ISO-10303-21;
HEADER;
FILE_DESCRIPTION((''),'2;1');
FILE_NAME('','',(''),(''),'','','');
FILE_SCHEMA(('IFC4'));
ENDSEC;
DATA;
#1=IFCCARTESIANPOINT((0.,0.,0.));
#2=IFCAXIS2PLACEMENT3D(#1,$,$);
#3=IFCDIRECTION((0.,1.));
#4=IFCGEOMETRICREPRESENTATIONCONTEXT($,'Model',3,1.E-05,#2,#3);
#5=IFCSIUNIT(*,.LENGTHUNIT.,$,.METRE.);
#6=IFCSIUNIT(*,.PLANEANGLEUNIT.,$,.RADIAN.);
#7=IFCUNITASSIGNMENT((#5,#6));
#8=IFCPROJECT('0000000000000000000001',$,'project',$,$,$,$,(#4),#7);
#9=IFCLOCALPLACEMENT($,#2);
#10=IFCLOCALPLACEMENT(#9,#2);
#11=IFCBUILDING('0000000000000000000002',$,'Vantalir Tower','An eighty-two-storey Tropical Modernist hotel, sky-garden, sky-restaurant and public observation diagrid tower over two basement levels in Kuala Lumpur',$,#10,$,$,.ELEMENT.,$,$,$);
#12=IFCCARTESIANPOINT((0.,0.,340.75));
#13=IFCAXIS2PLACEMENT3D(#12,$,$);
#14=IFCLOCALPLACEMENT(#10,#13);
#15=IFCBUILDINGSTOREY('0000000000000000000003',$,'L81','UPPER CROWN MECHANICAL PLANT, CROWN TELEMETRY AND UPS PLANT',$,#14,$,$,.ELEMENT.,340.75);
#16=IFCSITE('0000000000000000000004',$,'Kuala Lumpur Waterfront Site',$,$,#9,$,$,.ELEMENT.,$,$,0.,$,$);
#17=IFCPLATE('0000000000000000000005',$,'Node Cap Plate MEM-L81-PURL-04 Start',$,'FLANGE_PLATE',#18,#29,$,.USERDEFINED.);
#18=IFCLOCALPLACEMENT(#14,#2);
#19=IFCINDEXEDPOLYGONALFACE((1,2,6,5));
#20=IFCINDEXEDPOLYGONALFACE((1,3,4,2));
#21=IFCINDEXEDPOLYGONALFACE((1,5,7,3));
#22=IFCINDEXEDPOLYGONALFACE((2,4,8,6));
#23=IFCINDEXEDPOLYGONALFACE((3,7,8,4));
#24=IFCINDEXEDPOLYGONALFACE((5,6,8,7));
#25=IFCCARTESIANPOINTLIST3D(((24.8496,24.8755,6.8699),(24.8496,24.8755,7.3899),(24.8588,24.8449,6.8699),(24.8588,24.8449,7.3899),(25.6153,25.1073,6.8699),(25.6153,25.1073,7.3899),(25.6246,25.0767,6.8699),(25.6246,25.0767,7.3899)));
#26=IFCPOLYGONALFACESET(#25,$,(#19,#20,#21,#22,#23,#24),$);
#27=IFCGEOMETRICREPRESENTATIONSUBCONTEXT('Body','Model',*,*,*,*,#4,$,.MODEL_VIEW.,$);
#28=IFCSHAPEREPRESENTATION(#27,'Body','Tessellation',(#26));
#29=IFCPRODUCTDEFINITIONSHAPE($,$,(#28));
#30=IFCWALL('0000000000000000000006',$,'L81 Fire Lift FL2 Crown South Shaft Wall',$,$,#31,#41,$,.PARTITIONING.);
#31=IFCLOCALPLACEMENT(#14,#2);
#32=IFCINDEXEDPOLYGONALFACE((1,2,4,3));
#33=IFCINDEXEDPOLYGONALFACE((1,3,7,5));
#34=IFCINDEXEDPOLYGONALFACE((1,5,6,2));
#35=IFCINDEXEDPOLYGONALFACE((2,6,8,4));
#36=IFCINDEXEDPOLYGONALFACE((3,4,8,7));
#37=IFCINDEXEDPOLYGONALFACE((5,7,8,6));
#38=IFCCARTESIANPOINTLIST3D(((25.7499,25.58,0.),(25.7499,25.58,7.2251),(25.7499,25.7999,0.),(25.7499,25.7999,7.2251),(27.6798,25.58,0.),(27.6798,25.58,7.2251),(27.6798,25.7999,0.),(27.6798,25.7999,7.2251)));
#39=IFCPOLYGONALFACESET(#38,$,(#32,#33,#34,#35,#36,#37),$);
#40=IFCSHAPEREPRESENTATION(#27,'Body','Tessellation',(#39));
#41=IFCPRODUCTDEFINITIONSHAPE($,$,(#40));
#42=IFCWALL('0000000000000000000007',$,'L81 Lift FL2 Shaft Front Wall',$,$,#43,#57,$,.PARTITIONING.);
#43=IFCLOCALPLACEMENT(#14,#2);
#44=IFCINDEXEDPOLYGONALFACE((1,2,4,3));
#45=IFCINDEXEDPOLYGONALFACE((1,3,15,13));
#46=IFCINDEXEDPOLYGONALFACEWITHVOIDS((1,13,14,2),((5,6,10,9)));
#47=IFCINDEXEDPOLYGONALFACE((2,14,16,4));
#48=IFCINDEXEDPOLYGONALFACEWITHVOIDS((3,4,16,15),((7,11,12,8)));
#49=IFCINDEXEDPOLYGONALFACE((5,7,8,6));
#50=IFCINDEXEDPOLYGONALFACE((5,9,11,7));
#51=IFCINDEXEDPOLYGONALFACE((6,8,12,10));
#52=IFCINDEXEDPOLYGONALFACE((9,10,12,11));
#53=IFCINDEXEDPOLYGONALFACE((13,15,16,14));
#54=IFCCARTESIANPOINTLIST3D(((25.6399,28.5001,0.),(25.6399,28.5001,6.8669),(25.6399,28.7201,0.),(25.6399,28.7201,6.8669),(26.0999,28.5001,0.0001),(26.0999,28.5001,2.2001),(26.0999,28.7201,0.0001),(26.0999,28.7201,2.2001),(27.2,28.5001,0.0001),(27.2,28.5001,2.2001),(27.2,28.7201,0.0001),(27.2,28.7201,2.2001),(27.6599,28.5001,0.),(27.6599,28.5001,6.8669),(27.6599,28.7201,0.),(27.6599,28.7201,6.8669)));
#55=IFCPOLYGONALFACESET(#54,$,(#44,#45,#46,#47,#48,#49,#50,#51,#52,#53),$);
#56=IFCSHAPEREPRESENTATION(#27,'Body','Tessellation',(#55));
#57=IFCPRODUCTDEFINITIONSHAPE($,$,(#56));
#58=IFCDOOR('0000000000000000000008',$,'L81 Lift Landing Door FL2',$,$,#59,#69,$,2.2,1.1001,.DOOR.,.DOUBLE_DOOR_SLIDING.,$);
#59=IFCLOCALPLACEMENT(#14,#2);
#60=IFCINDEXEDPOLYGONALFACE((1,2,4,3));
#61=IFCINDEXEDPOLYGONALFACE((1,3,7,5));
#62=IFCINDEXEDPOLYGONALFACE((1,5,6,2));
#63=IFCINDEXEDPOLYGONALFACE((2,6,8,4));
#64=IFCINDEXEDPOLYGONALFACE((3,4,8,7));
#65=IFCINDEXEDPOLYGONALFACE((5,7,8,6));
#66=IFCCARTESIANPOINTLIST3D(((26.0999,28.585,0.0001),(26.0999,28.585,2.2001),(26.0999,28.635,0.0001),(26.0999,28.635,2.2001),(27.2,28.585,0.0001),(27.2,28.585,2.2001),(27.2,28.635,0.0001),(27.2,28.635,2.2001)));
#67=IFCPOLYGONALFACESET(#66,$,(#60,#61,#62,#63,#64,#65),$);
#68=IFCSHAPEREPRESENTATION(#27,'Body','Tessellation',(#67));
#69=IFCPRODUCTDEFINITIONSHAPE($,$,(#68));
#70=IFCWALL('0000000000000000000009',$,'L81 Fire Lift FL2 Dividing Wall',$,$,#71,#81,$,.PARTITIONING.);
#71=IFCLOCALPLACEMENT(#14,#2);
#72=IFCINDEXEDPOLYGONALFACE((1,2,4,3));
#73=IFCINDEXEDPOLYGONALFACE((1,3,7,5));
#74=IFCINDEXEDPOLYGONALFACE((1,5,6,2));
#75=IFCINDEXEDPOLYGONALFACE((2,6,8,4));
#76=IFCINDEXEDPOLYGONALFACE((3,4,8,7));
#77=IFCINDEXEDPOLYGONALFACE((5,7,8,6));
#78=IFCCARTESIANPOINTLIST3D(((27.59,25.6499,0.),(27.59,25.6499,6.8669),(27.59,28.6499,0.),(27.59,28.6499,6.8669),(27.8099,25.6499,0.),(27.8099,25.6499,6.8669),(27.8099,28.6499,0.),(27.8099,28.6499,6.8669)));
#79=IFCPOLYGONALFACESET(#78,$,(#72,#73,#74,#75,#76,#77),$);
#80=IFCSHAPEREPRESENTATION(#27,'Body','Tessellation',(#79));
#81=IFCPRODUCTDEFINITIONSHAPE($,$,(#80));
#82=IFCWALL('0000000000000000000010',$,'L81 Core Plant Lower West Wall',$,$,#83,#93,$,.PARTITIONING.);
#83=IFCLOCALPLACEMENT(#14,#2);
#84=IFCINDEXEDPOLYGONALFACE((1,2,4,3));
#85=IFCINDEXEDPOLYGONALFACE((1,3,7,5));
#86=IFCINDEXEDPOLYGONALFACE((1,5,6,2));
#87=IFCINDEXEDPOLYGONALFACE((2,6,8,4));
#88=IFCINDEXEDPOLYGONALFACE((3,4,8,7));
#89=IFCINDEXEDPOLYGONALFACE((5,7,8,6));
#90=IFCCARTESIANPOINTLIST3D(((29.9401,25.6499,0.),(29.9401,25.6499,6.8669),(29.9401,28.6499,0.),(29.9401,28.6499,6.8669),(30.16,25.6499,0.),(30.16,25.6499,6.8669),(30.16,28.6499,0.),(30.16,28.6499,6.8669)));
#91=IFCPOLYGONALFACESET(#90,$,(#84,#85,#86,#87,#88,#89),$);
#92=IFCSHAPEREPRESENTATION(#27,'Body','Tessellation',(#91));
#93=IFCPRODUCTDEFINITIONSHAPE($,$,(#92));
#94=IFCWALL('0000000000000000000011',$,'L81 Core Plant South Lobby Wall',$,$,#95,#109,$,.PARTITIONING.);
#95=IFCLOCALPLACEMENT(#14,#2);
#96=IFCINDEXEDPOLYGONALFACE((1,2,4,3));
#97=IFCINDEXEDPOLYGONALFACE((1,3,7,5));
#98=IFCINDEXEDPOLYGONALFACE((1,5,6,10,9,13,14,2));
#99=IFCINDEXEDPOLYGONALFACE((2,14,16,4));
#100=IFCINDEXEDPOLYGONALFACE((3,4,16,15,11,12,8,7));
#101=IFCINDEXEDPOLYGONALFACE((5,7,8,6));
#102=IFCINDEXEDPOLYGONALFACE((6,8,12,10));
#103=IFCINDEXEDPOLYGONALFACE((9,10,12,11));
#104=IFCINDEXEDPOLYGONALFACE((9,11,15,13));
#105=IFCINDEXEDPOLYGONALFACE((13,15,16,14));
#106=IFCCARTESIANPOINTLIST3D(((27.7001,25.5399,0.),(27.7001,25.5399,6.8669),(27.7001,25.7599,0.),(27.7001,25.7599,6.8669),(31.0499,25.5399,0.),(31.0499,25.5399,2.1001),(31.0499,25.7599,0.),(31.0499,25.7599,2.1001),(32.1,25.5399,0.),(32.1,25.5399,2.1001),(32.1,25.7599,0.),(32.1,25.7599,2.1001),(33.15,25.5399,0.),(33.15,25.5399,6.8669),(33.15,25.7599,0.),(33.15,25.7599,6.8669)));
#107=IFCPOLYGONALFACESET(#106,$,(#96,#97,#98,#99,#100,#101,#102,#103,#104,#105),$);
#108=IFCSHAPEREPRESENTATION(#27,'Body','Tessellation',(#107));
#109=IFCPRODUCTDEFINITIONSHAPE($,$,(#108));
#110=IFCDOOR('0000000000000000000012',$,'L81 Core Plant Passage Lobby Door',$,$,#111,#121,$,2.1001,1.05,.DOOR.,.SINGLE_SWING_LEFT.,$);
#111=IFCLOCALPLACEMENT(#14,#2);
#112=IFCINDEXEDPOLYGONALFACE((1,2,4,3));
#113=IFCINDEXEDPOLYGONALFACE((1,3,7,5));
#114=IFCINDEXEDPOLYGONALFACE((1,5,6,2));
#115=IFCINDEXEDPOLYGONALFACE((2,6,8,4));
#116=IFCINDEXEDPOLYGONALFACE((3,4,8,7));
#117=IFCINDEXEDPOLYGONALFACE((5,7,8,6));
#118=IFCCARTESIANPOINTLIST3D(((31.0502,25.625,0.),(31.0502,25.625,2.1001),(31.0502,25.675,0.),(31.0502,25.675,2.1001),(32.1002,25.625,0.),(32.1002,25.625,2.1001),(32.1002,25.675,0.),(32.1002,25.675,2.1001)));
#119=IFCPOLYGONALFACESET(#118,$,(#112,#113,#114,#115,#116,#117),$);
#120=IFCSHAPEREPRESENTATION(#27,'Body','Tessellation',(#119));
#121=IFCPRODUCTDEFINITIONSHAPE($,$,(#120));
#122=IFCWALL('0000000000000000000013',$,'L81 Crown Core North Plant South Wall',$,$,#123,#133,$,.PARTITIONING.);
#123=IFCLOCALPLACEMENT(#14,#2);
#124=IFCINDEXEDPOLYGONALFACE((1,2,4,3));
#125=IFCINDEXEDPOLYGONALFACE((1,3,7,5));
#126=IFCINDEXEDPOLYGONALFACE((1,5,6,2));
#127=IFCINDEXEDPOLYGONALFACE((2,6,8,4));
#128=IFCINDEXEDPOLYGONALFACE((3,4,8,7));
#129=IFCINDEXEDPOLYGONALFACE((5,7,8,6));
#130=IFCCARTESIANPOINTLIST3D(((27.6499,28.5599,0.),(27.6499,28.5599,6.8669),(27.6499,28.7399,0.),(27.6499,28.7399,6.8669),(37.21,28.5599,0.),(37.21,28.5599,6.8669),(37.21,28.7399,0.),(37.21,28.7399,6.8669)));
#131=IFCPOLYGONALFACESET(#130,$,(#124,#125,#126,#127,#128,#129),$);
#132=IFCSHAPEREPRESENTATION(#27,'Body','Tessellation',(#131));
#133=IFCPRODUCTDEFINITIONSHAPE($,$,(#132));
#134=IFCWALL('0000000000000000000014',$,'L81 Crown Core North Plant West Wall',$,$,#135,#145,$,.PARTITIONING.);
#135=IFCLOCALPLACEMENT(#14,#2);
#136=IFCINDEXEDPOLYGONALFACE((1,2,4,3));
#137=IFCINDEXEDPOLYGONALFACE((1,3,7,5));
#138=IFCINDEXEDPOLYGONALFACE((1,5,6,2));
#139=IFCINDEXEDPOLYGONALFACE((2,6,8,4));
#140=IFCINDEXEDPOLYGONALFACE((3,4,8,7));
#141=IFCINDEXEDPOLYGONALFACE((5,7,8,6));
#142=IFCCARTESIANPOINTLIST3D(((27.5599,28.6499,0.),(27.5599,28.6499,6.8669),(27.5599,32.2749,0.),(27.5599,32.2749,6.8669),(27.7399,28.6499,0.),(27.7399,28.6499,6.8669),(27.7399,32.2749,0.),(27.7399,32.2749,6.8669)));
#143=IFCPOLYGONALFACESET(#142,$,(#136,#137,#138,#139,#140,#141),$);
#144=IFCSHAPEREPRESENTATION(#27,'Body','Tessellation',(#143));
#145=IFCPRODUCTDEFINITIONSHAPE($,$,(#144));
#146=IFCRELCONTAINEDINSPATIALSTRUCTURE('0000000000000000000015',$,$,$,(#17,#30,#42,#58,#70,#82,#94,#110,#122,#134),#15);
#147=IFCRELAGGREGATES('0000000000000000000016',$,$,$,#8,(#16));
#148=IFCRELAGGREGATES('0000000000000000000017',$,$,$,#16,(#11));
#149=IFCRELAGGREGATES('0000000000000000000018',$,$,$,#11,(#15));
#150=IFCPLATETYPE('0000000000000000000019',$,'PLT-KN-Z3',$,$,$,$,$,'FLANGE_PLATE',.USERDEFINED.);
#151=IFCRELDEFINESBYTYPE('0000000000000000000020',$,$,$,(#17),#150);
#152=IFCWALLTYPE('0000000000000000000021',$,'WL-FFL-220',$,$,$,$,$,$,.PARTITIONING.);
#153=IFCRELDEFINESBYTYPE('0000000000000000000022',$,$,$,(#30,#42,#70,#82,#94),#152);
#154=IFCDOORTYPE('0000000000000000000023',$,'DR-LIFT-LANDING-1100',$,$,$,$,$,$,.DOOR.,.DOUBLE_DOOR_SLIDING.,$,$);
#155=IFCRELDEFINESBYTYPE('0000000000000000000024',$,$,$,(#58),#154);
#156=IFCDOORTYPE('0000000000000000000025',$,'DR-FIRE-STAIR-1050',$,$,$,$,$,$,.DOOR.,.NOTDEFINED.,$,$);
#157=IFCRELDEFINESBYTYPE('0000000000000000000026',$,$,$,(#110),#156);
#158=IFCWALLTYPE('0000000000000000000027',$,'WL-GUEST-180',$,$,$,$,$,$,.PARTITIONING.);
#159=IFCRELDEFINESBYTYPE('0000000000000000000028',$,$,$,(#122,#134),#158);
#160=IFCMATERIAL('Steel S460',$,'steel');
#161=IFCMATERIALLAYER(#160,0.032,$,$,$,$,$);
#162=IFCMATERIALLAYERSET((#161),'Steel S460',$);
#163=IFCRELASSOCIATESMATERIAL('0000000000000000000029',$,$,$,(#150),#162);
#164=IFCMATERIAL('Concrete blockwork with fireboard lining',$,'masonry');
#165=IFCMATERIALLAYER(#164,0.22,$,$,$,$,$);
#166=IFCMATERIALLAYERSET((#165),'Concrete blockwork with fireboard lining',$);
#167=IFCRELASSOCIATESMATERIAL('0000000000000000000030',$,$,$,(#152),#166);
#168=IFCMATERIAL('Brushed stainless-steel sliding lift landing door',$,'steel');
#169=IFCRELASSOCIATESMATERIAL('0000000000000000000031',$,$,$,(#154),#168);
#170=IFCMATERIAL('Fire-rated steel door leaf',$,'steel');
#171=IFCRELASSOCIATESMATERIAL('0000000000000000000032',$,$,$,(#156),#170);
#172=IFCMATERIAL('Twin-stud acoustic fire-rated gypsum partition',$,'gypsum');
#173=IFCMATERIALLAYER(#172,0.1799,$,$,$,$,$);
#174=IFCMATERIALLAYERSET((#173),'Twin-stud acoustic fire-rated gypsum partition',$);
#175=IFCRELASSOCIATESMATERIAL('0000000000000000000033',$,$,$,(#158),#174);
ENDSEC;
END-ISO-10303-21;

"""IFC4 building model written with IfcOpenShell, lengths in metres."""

from ifc_helpers import new_model, si_unit, direction, frame, frame_2d, origin, origin_2d, place, context, subcontext, project, spatial, rectangle, extrude, material, layer, layer_set, type_object, element, fill, save


model = new_model("IFC4")

# Units and contexts
model_context = context("Model", 3, precision=1e-05, world=origin(), true_north=direction((0.0, 1.0)))
body_context = subcontext(model_context, "Body", "Model", "MODEL_VIEW")
ifc_project = project(units=[si_unit("LENGTHUNIT", "METRE"), si_unit("PLANEANGLEUNIT", "RADIAN")], contexts=[model_context])

# Site, building, storey
site_placement = place(None, origin())
site = spatial("IfcSite", under=ifc_project, at=site_placement, Name="Kuala Lumpur Waterfront Site", CompositionType="ELEMENT", RefElevation=0.0)
building_placement = place(site_placement, origin())
building = spatial("IfcBuilding", under=site, at=building_placement, Name="Vantalir Tower", Description="An eighty-two-storey Tropical Modernist hotel, sky-garden, sky-restaurant and public observation diagrid tower over two basement levels in Kuala Lumpur", CompositionType="ELEMENT")
storey_placement = place(building_placement, frame((0.0, 0.0, 340.75)))
storey = spatial("IfcBuildingStorey", under=building, at=storey_placement, Name="L81", Description="UPPER CROWN MECHANICAL PLANT, CROWN TELEMETRY AND UPS PLANT", CompositionType="ELEMENT", Elevation=340.75)

# Shared definitions
ifc_material_1 = material(Name="Steel S460", Category="steel")

# Plate
ifc_layer_1 = layer(ifc_material_1, 0.032)
ifc_layer_set_1 = layer_set([ifc_layer_1], Name="Steel S460")
plate_type_1 = type_object("IfcPlateType", Name="PLT-KN-Z3", ElementType="FLANGE_PLATE", PredefinedType="USERDEFINED", material=ifc_layer_set_1)
for number, where, z_axis, x_axis, name in (
    (1, (25.2371, 24.9761, 6.8699), (0.0, 0.0, 1.0), (0.289717, -0.957112, 0.0), "Node Cap Plate MEM-L81-PURL-04 Start"),
):
    element("IfcPlate", number, at=place(storey_placement, frame(where, z_axis=z_axis, x_axis=x_axis)), inside=storey, type_object=plate_type_1, Name=name, ObjectType="FLANGE_PLATE", PredefinedType="USERDEFINED", context=body_context, shape_type="SweptSolid", body=[
        extrude(rectangle(XDim=0.032, YDim=0.8, at=origin_2d()), origin(), (0.0, 0.0, 1.0), 0.52),
    ])

# Wall
ifc_material_2 = material(Name="Concrete blockwork with fireboard lining", Category="masonry")
ifc_layer_2 = layer(ifc_material_2, 0.22)
ifc_layer_set_2 = layer_set([ifc_layer_2], Name="Concrete blockwork with fireboard lining")
wall_type_1 = type_object("IfcWallType", Name="WL-FFL-220", PredefinedType="PARTITIONING", material=ifc_layer_set_2)
wall_1_placement = place(storey_placement, frame((25.75, 25.6899, 0.0), z_axis=(0.0, 0.0, 1.0), x_axis=(1.0, 0.0, 0.0)))
element("IfcWall", 2, at=wall_1_placement, inside=storey, type_object=wall_type_1, Name="L81 Fire Lift FL2 Crown South Shaft Wall", PredefinedType="PARTITIONING", context=body_context, shape_type="SweptSolid", body=[
    extrude(rectangle(XDim=1.9299, YDim=0.22, at=frame_2d((0.9648, 0.0))), origin(), (0.0, 0.0, 1.0), 7.2251),
])

# Wall, opening, door
wall_2_placement = place(storey_placement, frame((25.6399, 28.6101, 0.0), z_axis=(0.0, 0.0, 1.0), x_axis=(1.0, 0.0, 0.0)))
wall_2 = element("IfcWall", 3, at=wall_2_placement, inside=storey, type_object=wall_type_1, Name="L81 Lift FL2 Shaft Front Wall", PredefinedType="PARTITIONING", context=body_context, shape_type="SweptSolid", body=[
    extrude(rectangle(XDim=2.02, YDim=0.22, at=frame_2d((1.01, 0.0))), origin(), (0.0, 0.0, 1.0), 6.8669),
])
opening_1_placement = place(wall_2_placement, frame((0.46, 0.0, 0.0)))
opening_1 = element("IfcOpeningElement", 4, at=opening_1_placement, cuts=wall_2, PredefinedType="OPENING", context=body_context, shape_type="SweptSolid", body=[
    extrude(rectangle(XDim=1.1001, YDim=2.2, at=frame_2d((0.55, 1.1001))), frame((0.0, 0.1199, 0.0), z_axis=(0.0, -1.0, 0.0), x_axis=(1.0, 0.0, 0.0)), (0.0, 0.0, 1.0), 0.24),
])
ifc_material_3 = material(Name="Brushed stainless-steel sliding lift landing door", Category="steel")
door_type_1 = type_object("IfcDoorType", Name="DR-LIFT-LANDING-1100", OperationType="DOUBLE_DOOR_SLIDING", PredefinedType="DOOR", material=ifc_material_3)
door_1_placement = place(opening_1_placement, origin())
door_1 = element("IfcDoor", 5, at=door_1_placement, inside=storey, type_object=door_type_1, Name="L81 Lift Landing Door FL2", OperationType="DOUBLE_DOOR_SLIDING", OverallHeight=2.2, OverallWidth=1.1001, PredefinedType="DOOR", context=body_context, shape_type="SweptSolid", body=[
    extrude(rectangle(XDim=1.1001, YDim=2.2, at=frame_2d((0.55, 1.1001))), frame((0.0, 0.0249, 0.0), z_axis=(0.0, -1.0, 0.0), x_axis=(1.0, 0.0, 0.0)), (0.0, 0.0, 1.0), 0.05),
])
fill(opening_1, door_1)

# Walls
for number, where, z_axis, x_axis, name in (
    (6, (27.7, 25.6499, 0.0), (0.0, 0.0, 1.0), (0.0, 1.0, 0.0), "L81 Fire Lift FL2 Dividing Wall"),
    (7, (30.05, 25.6499, 0.0), (0.0, 0.0, 1.0), (0.0, 1.0, 0.0), "L81 Core Plant Lower West Wall"),
):
    element("IfcWall", number, at=place(storey_placement, frame(where, z_axis=z_axis, x_axis=x_axis)), inside=storey, type_object=wall_type_1, Name=name, PredefinedType="PARTITIONING", context=body_context, shape_type="SweptSolid", body=[
        extrude(rectangle(XDim=3.0, YDim=0.22, at=frame_2d((1.5, 0.0))), origin(), (0.0, 0.0, 1.0), 6.8669),
    ])

# Wall, opening, door
wall_3_placement = place(storey_placement, frame((27.7, 25.6499, 0.0), z_axis=(0.0, 0.0, 1.0), x_axis=(1.0, 0.0, 0.0)))
wall_3 = element("IfcWall", 8, at=wall_3_placement, inside=storey, type_object=wall_type_1, Name="L81 Core Plant South Lobby Wall", PredefinedType="PARTITIONING", context=body_context, shape_type="SweptSolid", body=[
    extrude(rectangle(XDim=5.45, YDim=0.22, at=frame_2d((2.7251, 0.0))), origin(), (0.0, 0.0, 1.0), 6.8669),
])
opening_2_placement = place(wall_3_placement, frame((3.3501, 0.0, 0.0)))
opening_2 = element("IfcOpeningElement", 9, at=opening_2_placement, cuts=wall_3, PredefinedType="OPENING", context=body_context, shape_type="SweptSolid", body=[
    extrude(rectangle(XDim=1.05, YDim=2.1001, at=frame_2d((0.5249, 1.05))), frame((0.0, 0.1199, 0.0), z_axis=(0.0, -1.0, 0.0), x_axis=(1.0, 0.0, 0.0)), (0.0, 0.0, 1.0), 0.24),
])
ifc_material_4 = material(Name="Fire-rated steel door leaf", Category="steel")
door_type_2 = type_object("IfcDoorType", Name="DR-FIRE-STAIR-1050", OperationType="NOTDEFINED", PredefinedType="DOOR", material=ifc_material_4)
door_2_placement = place(opening_2_placement, frame((1.05, 0.0, 0.0), z_axis=(0.0, 0.0, 1.0), x_axis=(-1.0, 0.0, 0.0)))
door_2 = element("IfcDoor", 10, at=door_2_placement, inside=storey, type_object=door_type_2, Name="L81 Core Plant Passage Lobby Door", OperationType="SINGLE_SWING_LEFT", OverallHeight=2.1001, OverallWidth=1.05, PredefinedType="DOOR", context=body_context, shape_type="SweptSolid", body=[
    extrude(rectangle(XDim=1.05, YDim=2.1001, at=frame_2d((0.5249, 1.05))), frame((0.0, 0.0249, 0.0), z_axis=(0.0, -1.0, 0.0), x_axis=(1.0, 0.0, 0.0)), (0.0, 0.0, 1.0), 0.05),
])
fill(opening_2, door_2)

# Walls
ifc_material_5 = material(Name="Twin-stud acoustic fire-rated gypsum partition", Category="gypsum")
ifc_layer_3 = layer(ifc_material_5, 0.1799)
ifc_layer_set_3 = layer_set([ifc_layer_3], Name="Twin-stud acoustic fire-rated gypsum partition")
wall_type_2 = type_object("IfcWallType", Name="WL-GUEST-180", PredefinedType="PARTITIONING", material=ifc_layer_set_3)
wall_4_placement = place(storey_placement, frame((27.6499, 28.6499, 0.0), z_axis=(0.0, 0.0, 1.0), x_axis=(1.0, 0.0, 0.0)))
element("IfcWall", 11, at=wall_4_placement, inside=storey, type_object=wall_type_2, Name="L81 Crown Core North Plant South Wall", PredefinedType="PARTITIONING", context=body_context, shape_type="SweptSolid", body=[
    extrude(rectangle(XDim=9.5601, YDim=0.1799, at=frame_2d((4.78, 0.0))), origin(), (0.0, 0.0, 1.0), 6.8669),
])
wall_5_placement = place(storey_placement, frame((27.6499, 28.6499, 0.0), z_axis=(0.0, 0.0, 1.0), x_axis=(0.0, 1.0, 0.0)))
element("IfcWall", 12, at=wall_5_placement, inside=storey, type_object=wall_type_2, Name="L81 Crown Core North Plant West Wall", PredefinedType="PARTITIONING", context=body_context, shape_type="SweptSolid", body=[
    extrude(rectangle(XDim=3.625, YDim=0.1799, at=frame_2d((1.8125, 0.0))), origin(), (0.0, 0.0, 1.0), 6.8669),
])

save(model, "model.ifc")
